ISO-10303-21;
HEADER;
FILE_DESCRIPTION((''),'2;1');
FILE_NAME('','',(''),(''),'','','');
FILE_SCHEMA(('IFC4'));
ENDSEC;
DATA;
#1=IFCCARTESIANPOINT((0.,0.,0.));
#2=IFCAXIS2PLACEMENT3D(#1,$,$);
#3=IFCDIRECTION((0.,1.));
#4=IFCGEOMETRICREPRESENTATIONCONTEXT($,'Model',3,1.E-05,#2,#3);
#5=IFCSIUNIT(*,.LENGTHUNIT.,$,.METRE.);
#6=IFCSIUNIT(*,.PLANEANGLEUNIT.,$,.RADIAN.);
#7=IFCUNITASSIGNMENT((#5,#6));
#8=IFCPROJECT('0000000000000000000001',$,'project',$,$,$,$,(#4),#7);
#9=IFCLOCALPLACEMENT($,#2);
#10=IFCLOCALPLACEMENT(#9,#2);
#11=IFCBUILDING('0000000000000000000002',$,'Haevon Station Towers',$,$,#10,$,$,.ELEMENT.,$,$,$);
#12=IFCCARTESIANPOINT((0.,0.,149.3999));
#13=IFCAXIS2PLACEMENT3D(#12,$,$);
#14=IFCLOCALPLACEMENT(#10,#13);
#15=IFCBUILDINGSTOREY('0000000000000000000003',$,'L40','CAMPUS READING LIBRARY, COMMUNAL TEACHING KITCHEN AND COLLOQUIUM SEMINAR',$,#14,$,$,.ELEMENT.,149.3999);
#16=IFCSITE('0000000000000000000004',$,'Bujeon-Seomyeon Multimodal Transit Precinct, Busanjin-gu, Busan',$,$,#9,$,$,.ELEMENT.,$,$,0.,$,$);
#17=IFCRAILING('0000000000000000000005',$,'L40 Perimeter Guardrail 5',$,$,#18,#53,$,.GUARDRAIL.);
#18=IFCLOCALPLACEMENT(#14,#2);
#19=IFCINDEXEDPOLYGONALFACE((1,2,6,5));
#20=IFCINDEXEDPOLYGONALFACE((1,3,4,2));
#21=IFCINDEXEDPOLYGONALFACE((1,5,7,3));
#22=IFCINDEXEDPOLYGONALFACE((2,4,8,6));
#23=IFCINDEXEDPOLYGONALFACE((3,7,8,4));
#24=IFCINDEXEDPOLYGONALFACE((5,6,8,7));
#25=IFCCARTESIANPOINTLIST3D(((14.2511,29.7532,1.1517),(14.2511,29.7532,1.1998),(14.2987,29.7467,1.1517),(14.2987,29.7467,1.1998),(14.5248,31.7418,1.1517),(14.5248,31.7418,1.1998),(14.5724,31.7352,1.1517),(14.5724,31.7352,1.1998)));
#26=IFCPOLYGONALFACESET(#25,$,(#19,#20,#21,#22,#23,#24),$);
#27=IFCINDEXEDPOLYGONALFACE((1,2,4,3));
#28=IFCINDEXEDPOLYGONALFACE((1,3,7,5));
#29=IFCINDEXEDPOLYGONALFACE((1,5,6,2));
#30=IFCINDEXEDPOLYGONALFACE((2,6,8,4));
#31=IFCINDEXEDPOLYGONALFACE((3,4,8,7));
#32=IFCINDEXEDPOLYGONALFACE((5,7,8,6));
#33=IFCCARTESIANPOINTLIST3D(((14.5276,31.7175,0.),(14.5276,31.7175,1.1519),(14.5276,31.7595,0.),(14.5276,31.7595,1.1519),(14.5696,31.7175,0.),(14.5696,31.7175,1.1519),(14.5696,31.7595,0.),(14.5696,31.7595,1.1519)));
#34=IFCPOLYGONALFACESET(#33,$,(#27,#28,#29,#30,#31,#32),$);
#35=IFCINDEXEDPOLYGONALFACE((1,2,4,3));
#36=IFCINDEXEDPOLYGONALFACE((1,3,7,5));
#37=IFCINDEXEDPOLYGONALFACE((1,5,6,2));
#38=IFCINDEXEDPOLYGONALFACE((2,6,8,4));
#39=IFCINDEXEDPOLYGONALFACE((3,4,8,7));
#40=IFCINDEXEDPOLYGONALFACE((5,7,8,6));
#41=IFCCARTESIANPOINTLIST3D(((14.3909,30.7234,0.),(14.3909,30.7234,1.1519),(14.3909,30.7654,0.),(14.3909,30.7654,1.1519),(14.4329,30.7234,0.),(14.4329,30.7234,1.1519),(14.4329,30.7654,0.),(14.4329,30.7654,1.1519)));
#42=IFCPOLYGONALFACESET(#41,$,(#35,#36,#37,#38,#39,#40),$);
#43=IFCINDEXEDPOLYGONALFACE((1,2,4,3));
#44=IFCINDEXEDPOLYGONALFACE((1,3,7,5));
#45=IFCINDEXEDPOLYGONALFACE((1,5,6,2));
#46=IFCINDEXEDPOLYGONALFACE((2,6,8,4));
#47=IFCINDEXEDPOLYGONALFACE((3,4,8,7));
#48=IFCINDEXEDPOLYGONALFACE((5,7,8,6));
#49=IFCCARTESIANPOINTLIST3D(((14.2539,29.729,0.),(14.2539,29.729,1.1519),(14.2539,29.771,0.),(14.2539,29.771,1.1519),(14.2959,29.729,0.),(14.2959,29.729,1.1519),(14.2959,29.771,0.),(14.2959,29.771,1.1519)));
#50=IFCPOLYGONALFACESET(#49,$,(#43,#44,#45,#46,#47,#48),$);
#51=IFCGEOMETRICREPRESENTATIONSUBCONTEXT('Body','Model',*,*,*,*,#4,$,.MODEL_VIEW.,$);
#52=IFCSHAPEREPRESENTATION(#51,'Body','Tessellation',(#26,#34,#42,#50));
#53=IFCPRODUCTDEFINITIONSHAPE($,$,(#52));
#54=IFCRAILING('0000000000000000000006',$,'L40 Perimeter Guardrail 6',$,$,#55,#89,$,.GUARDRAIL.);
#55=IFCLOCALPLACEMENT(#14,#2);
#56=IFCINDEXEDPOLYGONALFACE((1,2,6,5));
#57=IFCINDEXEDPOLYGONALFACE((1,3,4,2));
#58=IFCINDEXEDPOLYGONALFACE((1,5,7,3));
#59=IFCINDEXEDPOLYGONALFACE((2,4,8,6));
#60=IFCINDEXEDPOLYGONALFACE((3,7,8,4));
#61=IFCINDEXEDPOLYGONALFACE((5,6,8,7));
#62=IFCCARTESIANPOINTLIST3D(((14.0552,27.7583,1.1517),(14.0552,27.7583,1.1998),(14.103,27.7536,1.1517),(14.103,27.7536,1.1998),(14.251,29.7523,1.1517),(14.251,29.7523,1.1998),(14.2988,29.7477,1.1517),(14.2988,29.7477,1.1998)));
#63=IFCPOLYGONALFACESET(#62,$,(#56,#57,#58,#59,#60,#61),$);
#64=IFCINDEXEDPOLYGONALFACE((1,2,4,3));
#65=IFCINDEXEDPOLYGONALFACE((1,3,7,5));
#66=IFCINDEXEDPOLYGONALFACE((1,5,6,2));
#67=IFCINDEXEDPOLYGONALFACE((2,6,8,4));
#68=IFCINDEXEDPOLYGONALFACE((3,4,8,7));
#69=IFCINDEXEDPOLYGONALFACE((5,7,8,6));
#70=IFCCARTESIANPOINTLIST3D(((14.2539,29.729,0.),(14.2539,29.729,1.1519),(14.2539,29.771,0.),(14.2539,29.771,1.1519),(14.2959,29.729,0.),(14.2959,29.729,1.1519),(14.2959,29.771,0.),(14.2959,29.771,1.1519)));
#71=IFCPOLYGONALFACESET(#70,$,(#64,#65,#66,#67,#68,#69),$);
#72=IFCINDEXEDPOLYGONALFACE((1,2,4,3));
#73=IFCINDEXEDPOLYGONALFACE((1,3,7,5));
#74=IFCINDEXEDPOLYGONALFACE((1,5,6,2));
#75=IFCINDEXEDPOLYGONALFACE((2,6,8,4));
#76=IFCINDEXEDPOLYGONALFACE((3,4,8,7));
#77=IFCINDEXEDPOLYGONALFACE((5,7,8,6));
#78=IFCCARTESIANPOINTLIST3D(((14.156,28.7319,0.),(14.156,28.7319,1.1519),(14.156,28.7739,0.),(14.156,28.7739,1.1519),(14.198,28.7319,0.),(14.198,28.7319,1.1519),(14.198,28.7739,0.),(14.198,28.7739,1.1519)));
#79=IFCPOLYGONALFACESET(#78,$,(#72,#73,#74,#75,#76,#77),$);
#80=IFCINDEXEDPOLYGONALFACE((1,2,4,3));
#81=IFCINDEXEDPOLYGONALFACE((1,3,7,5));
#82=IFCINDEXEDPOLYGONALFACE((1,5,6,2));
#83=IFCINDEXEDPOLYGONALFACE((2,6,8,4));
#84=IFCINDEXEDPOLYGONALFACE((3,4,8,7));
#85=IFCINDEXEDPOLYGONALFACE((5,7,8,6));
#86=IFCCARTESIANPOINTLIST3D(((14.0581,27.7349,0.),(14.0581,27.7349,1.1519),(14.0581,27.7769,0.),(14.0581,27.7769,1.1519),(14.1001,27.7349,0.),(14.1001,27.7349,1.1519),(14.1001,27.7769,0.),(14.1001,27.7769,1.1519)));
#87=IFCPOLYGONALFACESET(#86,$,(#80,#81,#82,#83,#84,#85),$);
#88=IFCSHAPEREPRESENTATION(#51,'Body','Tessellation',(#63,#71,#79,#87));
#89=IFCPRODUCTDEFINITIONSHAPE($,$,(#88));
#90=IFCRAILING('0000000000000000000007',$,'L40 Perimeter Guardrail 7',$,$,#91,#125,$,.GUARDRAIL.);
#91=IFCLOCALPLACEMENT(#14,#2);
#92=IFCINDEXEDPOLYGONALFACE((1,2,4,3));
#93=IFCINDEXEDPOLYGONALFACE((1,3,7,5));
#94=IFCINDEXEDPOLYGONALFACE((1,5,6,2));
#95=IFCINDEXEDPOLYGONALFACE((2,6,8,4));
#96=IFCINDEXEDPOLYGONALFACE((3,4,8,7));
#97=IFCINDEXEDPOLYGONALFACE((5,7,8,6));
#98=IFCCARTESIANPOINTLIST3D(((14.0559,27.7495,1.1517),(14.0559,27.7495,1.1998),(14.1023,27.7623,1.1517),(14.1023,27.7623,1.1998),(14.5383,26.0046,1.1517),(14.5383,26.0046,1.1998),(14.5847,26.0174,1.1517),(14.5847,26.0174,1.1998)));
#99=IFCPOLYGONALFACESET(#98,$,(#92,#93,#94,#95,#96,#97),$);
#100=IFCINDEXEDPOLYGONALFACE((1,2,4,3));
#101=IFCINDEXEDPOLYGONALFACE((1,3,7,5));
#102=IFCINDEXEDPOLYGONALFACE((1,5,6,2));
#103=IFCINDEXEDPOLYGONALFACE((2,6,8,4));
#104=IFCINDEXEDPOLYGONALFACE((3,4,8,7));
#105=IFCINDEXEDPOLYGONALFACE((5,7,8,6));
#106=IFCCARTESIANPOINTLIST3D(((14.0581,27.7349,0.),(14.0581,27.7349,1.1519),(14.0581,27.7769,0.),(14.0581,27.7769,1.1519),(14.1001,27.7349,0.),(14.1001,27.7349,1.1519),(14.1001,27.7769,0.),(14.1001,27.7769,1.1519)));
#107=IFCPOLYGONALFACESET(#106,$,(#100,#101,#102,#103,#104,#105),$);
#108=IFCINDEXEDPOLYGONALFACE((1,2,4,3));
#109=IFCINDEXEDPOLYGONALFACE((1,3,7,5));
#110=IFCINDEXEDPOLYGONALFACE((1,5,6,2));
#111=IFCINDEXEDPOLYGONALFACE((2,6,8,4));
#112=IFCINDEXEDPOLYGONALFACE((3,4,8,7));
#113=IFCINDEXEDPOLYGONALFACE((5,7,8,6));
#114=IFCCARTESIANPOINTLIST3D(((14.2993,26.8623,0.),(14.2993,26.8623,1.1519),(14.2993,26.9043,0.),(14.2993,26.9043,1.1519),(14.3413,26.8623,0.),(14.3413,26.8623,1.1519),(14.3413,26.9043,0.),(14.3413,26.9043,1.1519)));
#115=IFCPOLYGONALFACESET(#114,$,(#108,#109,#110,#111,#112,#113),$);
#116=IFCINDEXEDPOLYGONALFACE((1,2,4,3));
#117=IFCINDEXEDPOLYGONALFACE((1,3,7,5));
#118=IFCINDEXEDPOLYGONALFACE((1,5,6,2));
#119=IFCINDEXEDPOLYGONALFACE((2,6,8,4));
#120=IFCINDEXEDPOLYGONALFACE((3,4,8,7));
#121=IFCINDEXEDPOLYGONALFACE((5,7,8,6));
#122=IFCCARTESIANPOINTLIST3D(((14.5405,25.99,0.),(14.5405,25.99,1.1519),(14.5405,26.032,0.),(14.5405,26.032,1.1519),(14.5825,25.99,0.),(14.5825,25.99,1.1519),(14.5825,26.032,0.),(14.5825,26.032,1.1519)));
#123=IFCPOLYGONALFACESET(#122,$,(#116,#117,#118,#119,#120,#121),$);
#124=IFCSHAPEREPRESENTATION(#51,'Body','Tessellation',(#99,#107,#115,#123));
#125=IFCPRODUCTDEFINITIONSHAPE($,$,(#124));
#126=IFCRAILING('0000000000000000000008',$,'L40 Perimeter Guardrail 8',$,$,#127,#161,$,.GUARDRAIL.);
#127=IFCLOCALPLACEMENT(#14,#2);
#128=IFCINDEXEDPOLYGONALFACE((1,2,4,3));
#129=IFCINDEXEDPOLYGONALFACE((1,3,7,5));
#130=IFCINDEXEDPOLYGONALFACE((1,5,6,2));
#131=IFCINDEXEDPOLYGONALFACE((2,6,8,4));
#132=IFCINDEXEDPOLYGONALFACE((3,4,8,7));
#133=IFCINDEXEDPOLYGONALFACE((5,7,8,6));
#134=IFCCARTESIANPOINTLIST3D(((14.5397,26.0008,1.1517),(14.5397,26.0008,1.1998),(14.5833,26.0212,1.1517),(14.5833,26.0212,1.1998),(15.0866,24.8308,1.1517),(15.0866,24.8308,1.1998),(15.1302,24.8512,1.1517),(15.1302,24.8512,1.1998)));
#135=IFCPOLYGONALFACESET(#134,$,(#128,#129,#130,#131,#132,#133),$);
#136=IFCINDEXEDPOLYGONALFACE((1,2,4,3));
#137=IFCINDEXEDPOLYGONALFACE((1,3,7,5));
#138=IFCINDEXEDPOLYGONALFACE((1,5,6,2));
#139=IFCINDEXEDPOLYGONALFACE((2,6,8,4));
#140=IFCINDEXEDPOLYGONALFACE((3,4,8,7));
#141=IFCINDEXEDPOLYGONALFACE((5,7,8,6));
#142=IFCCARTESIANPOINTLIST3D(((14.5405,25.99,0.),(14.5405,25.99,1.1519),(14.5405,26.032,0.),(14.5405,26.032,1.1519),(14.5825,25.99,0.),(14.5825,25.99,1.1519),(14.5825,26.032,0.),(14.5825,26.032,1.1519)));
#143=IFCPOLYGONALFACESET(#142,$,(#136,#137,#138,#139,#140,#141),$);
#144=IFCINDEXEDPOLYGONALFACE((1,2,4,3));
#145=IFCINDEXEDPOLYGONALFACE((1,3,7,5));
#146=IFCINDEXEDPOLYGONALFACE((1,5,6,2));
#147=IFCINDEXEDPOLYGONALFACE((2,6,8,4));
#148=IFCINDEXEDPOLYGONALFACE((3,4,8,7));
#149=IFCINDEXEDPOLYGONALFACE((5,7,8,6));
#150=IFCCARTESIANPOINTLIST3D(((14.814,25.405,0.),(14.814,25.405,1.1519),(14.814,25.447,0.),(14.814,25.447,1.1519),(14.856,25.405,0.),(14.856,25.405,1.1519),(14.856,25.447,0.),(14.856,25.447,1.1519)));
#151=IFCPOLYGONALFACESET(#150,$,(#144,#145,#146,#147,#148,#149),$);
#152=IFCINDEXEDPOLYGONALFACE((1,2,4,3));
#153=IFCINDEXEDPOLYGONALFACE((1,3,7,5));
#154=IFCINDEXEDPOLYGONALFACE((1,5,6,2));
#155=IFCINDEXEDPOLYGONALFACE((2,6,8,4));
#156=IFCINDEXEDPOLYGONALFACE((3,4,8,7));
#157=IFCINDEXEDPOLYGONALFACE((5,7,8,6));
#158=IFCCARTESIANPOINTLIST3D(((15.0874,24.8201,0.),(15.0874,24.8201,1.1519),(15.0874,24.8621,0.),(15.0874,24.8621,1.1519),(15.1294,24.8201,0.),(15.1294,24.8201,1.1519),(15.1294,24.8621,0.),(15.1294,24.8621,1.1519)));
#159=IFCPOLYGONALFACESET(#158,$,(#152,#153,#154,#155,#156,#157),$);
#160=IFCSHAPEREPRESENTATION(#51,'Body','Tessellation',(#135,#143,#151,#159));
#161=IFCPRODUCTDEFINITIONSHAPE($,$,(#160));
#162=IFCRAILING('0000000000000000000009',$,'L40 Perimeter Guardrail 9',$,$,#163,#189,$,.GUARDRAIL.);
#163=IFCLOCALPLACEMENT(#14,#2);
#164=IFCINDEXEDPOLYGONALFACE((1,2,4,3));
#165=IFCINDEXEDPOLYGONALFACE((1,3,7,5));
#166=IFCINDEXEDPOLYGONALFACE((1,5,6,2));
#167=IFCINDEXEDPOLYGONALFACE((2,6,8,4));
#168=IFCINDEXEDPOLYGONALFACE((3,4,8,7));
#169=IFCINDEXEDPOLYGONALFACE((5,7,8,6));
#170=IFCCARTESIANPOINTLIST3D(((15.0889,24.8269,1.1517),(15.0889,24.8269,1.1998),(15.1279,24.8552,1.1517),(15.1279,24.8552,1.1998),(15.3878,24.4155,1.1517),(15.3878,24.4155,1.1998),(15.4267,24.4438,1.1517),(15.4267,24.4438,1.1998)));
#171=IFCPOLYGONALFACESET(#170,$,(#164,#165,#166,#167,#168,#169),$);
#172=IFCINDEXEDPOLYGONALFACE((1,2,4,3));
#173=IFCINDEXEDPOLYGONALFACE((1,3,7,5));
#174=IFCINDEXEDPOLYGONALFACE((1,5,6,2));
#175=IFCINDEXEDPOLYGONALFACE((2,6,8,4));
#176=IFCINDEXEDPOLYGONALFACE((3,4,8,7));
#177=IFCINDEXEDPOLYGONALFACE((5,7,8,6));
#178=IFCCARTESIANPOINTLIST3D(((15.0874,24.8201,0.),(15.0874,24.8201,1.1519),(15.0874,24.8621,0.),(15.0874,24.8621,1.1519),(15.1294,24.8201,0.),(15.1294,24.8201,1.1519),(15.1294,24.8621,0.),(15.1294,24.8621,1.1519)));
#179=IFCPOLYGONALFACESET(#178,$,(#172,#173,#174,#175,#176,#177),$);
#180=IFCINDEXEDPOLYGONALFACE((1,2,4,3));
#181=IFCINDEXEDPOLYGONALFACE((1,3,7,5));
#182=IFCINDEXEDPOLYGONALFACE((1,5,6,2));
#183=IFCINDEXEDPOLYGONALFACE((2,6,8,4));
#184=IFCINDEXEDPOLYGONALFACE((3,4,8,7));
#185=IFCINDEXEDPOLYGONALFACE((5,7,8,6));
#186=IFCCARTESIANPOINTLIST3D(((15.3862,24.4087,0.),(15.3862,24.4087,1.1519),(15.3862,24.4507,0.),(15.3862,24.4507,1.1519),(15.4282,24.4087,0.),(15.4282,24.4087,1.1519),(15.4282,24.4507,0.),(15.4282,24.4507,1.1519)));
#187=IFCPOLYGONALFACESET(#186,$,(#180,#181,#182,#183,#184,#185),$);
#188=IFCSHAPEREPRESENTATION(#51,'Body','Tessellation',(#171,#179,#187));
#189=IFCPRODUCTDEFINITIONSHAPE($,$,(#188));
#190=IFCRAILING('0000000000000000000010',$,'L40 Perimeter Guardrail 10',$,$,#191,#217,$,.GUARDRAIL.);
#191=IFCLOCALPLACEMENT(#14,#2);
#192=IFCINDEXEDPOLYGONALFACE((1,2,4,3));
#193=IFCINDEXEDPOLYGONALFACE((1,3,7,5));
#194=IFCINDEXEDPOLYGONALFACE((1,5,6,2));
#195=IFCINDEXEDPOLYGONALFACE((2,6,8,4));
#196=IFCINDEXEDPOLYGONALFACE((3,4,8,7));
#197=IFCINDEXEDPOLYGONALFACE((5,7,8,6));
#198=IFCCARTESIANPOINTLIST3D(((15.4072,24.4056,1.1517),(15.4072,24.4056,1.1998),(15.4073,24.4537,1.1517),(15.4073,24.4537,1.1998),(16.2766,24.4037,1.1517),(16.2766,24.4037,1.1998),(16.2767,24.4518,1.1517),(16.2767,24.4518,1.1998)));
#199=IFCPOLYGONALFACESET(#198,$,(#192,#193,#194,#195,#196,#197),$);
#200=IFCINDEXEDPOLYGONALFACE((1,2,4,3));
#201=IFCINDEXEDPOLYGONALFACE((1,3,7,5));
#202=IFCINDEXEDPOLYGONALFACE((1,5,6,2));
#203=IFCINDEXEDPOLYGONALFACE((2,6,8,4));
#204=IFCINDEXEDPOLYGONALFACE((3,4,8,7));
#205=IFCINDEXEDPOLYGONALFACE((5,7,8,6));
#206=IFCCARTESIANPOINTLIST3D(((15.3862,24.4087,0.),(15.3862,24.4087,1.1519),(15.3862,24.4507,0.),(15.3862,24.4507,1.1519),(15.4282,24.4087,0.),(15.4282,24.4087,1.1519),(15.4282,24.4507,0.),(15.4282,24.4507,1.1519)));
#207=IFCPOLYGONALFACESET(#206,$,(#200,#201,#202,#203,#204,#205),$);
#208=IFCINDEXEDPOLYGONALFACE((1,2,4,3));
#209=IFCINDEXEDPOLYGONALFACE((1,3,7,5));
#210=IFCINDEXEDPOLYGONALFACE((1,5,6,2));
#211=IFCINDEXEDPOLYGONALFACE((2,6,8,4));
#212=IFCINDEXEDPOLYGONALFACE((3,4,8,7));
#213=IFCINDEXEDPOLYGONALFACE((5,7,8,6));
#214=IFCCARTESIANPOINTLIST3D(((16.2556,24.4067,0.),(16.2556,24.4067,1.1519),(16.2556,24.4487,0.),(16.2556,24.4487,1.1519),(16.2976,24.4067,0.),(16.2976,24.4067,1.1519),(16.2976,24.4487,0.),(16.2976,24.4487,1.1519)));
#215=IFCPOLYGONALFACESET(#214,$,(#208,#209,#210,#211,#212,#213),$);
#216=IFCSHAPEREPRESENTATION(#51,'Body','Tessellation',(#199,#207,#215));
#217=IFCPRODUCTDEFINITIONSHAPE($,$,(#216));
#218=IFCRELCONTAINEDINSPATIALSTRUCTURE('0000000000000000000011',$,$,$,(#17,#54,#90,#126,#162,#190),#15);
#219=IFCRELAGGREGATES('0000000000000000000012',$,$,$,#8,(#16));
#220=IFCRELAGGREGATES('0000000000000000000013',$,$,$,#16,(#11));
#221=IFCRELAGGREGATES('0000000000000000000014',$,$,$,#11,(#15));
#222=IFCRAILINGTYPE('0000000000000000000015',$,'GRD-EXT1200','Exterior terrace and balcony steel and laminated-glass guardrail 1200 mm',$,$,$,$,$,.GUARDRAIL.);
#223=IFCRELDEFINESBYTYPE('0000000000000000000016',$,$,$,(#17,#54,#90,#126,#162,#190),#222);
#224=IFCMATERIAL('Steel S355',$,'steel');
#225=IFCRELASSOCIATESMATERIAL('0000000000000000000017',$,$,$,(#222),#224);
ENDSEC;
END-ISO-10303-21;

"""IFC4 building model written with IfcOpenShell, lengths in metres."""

from ifc_helpers import new_model, si_unit, direction, frame, origin, origin_2d, place, context, subcontext, project, spatial, rectangle, extrude, material, type_object, element, save


model = new_model("IFC4")

# Units and contexts
model_context = context("Model", 3, precision=1e-05, world=origin(), true_north=direction((0.0, 1.0)))
body_context = subcontext(model_context, "Body", "Model", "MODEL_VIEW")
ifc_project = project(units=[si_unit("LENGTHUNIT", "METRE"), si_unit("PLANEANGLEUNIT", "RADIAN")], contexts=[model_context])

# Site, building, storey
site_placement = place(None, origin())
site = spatial("IfcSite", under=ifc_project, at=site_placement, Name="Bujeon-Seomyeon Multimodal Transit Precinct, Busanjin-gu, Busan", CompositionType="ELEMENT", RefElevation=0.0)
building_placement = place(site_placement, origin())
building = spatial("IfcBuilding", under=site, at=building_placement, Name="Haevon Station Towers", CompositionType="ELEMENT")
storey_placement = place(building_placement, frame((0.0, 0.0, 149.3999)))
storey = spatial("IfcBuildingStorey", under=building, at=storey_placement, Name="L40", Description="CAMPUS READING LIBRARY, COMMUNAL TEACHING KITCHEN AND COLLOQUIUM SEMINAR", CompositionType="ELEMENT", Elevation=149.3999)

# Shared definitions
ifc_material_1 = material(Name="Steel S355", Category="steel")

# Railings
railing_type = type_object("IfcRailingType", Name="GRD-EXT1200", Description="Exterior terrace and balcony steel and laminated-glass guardrail 1200 mm", PredefinedType="GUARDRAIL", material=ifc_material_1)
railing_1_placement = place(storey_placement, frame((14.5486, 31.7385, 0.0)))
element("IfcRailing", 1, at=railing_1_placement, inside=storey, type_object=railing_type, Name="L40 Perimeter Guardrail 5", PredefinedType="GUARDRAIL", context=body_context, shape_type="SweptSolid", body=[
    extrude(rectangle(XDim=0.0481, YDim=0.0481, at=origin_2d()), frame((0.0, 0.0, 1.1758), z_axis=(-0.136345, -0.990661, 0.0), x_axis=(0.990661, -0.136345, 0.0)), (0.0, 0.0, 1.0), 2.0073),
    extrude(rectangle(XDim=0.042, YDim=0.042, at=origin_2d()), origin(), (0.0, 0.0, 1.0), 1.1519),
    extrude(rectangle(XDim=0.042, YDim=0.042, at=origin_2d()), frame((-0.1367, -0.9941, 0.0)), (0.0, 0.0, 1.0), 1.1519),
    extrude(rectangle(XDim=0.042, YDim=0.042, at=origin_2d()), frame((-0.2737, -1.9885, 0.0)), (0.0, 0.0, 1.0), 1.1519),
])
railing_2_placement = place(storey_placement, frame((14.2749, 29.75, 0.0)))
element("IfcRailing", 2, at=railing_2_placement, inside=storey, type_object=railing_type, Name="L40 Perimeter Guardrail 6", PredefinedType="GUARDRAIL", context=body_context, shape_type="SweptSolid", body=[
    extrude(rectangle(XDim=0.0481, YDim=0.0481, at=origin_2d()), frame((0.0, 0.0, 1.1758), z_axis=(-0.097718, -0.995214, 0.0), x_axis=(0.995214, -0.097718, 0.0)), (0.0, 0.0, 1.0), 2.0037),
    extrude(rectangle(XDim=0.042, YDim=0.042, at=origin_2d()), origin(), (0.0, 0.0, 1.0), 1.1519),
    extrude(rectangle(XDim=0.042, YDim=0.042, at=origin_2d()), frame((-0.0979, -0.9971, 0.0)), (0.0, 0.0, 1.0), 1.1519),
    extrude(rectangle(XDim=0.042, YDim=0.042, at=origin_2d()), frame((-0.1958, -1.9941, 0.0)), (0.0, 0.0, 1.0), 1.1519),
])
railing_3_placement = place(storey_placement, frame((14.0791, 27.7559, 0.0)))
element("IfcRailing", 3, at=railing_3_placement, inside=storey, type_object=railing_type, Name="L40 Perimeter Guardrail 7", PredefinedType="GUARDRAIL", context=body_context, shape_type="SweptSolid", body=[
    extrude(rectangle(XDim=0.0481, YDim=0.0481, at=origin_2d()), frame((0.0, 0.0, 1.1758), z_axis=(0.266482, -0.96384, 0.0), x_axis=(0.96384, 0.266482, 0.0)), (0.0, 0.0, 1.0), 1.8103),
    extrude(rectangle(XDim=0.042, YDim=0.042, at=origin_2d()), origin(), (0.0, 0.0, 1.0), 1.1519),
    extrude(rectangle(XDim=0.042, YDim=0.042, at=origin_2d()), frame((0.2412, -0.8726, 0.0)), (0.0, 0.0, 1.0), 1.1519),
    extrude(rectangle(XDim=0.042, YDim=0.042, at=origin_2d()), frame((0.4824, -1.7449, 0.0)), (0.0, 0.0, 1.0), 1.1519),
])
railing_4_placement = place(storey_placement, frame((14.5615, 26.011, 0.0)))
element("IfcRailing", 4, at=railing_4_placement, inside=storey, type_object=railing_type, Name="L40 Perimeter Guardrail 8", PredefinedType="GUARDRAIL", context=body_context, shape_type="SweptSolid", body=[
    extrude(rectangle(XDim=0.0481, YDim=0.0481, at=origin_2d()), frame((0.0, 0.0, 1.1758), z_axis=(0.423465, -0.905912, 0.0), x_axis=(0.905912, 0.423465, 0.0)), (0.0, 0.0, 1.0), 1.2915),
    extrude(rectangle(XDim=0.042, YDim=0.042, at=origin_2d()), origin(), (0.0, 0.0, 1.0), 1.1519),
    extrude(rectangle(XDim=0.042, YDim=0.042, at=origin_2d()), frame((0.2734, -0.585, 0.0)), (0.0, 0.0, 1.0), 1.1519),
    extrude(rectangle(XDim=0.042, YDim=0.042, at=origin_2d()), frame((0.5469, -1.1699, 0.0)), (0.0, 0.0, 1.0), 1.1519),
])
railing_5_placement = place(storey_placement, frame((15.1084, 24.8411, 0.0)))
element("IfcRailing", 5, at=railing_5_placement, inside=storey, type_object=railing_type, Name="L40 Perimeter Guardrail 9", PredefinedType="GUARDRAIL", context=body_context, shape_type="SweptSolid", body=[
    extrude(rectangle(XDim=0.0481, YDim=0.0481, at=origin_2d()), frame((0.0, 0.0, 1.1758), z_axis=(0.587715, -0.809068, 0.0), x_axis=(0.809068, 0.587715, 0.0)), (0.0, 0.0, 1.0), 0.5085),
    extrude(rectangle(XDim=0.042, YDim=0.042, at=origin_2d()), origin(), (0.0, 0.0, 1.0), 1.1519),
    extrude(rectangle(XDim=0.042, YDim=0.042, at=origin_2d()), frame((0.2988, -0.4114, 0.0)), (0.0, 0.0, 1.0), 1.1519),
])
railing_6_placement = place(storey_placement, frame((15.4072, 24.4297, 0.0)))
element("IfcRailing", 6, at=railing_6_placement, inside=storey, type_object=railing_type, Name="L40 Perimeter Guardrail 10", PredefinedType="GUARDRAIL", context=body_context, shape_type="SweptSolid", body=[
    extrude(rectangle(XDim=0.0481, YDim=0.0481, at=origin_2d()), frame((0.0, 0.0, 1.1758), z_axis=(0.999997, -0.002247, 0.0), x_axis=(0.002247, 0.999997, 0.0)), (0.0, 0.0, 1.0), 0.8694),
    extrude(rectangle(XDim=0.042, YDim=0.042, at=origin_2d()), origin(), (0.0, 0.0, 1.0), 1.1519),
    extrude(rectangle(XDim=0.042, YDim=0.042, at=origin_2d()), frame((0.8694, -0.002, 0.0)), (0.0, 0.0, 1.0), 1.1519),
])

save(model, "model.ifc")
